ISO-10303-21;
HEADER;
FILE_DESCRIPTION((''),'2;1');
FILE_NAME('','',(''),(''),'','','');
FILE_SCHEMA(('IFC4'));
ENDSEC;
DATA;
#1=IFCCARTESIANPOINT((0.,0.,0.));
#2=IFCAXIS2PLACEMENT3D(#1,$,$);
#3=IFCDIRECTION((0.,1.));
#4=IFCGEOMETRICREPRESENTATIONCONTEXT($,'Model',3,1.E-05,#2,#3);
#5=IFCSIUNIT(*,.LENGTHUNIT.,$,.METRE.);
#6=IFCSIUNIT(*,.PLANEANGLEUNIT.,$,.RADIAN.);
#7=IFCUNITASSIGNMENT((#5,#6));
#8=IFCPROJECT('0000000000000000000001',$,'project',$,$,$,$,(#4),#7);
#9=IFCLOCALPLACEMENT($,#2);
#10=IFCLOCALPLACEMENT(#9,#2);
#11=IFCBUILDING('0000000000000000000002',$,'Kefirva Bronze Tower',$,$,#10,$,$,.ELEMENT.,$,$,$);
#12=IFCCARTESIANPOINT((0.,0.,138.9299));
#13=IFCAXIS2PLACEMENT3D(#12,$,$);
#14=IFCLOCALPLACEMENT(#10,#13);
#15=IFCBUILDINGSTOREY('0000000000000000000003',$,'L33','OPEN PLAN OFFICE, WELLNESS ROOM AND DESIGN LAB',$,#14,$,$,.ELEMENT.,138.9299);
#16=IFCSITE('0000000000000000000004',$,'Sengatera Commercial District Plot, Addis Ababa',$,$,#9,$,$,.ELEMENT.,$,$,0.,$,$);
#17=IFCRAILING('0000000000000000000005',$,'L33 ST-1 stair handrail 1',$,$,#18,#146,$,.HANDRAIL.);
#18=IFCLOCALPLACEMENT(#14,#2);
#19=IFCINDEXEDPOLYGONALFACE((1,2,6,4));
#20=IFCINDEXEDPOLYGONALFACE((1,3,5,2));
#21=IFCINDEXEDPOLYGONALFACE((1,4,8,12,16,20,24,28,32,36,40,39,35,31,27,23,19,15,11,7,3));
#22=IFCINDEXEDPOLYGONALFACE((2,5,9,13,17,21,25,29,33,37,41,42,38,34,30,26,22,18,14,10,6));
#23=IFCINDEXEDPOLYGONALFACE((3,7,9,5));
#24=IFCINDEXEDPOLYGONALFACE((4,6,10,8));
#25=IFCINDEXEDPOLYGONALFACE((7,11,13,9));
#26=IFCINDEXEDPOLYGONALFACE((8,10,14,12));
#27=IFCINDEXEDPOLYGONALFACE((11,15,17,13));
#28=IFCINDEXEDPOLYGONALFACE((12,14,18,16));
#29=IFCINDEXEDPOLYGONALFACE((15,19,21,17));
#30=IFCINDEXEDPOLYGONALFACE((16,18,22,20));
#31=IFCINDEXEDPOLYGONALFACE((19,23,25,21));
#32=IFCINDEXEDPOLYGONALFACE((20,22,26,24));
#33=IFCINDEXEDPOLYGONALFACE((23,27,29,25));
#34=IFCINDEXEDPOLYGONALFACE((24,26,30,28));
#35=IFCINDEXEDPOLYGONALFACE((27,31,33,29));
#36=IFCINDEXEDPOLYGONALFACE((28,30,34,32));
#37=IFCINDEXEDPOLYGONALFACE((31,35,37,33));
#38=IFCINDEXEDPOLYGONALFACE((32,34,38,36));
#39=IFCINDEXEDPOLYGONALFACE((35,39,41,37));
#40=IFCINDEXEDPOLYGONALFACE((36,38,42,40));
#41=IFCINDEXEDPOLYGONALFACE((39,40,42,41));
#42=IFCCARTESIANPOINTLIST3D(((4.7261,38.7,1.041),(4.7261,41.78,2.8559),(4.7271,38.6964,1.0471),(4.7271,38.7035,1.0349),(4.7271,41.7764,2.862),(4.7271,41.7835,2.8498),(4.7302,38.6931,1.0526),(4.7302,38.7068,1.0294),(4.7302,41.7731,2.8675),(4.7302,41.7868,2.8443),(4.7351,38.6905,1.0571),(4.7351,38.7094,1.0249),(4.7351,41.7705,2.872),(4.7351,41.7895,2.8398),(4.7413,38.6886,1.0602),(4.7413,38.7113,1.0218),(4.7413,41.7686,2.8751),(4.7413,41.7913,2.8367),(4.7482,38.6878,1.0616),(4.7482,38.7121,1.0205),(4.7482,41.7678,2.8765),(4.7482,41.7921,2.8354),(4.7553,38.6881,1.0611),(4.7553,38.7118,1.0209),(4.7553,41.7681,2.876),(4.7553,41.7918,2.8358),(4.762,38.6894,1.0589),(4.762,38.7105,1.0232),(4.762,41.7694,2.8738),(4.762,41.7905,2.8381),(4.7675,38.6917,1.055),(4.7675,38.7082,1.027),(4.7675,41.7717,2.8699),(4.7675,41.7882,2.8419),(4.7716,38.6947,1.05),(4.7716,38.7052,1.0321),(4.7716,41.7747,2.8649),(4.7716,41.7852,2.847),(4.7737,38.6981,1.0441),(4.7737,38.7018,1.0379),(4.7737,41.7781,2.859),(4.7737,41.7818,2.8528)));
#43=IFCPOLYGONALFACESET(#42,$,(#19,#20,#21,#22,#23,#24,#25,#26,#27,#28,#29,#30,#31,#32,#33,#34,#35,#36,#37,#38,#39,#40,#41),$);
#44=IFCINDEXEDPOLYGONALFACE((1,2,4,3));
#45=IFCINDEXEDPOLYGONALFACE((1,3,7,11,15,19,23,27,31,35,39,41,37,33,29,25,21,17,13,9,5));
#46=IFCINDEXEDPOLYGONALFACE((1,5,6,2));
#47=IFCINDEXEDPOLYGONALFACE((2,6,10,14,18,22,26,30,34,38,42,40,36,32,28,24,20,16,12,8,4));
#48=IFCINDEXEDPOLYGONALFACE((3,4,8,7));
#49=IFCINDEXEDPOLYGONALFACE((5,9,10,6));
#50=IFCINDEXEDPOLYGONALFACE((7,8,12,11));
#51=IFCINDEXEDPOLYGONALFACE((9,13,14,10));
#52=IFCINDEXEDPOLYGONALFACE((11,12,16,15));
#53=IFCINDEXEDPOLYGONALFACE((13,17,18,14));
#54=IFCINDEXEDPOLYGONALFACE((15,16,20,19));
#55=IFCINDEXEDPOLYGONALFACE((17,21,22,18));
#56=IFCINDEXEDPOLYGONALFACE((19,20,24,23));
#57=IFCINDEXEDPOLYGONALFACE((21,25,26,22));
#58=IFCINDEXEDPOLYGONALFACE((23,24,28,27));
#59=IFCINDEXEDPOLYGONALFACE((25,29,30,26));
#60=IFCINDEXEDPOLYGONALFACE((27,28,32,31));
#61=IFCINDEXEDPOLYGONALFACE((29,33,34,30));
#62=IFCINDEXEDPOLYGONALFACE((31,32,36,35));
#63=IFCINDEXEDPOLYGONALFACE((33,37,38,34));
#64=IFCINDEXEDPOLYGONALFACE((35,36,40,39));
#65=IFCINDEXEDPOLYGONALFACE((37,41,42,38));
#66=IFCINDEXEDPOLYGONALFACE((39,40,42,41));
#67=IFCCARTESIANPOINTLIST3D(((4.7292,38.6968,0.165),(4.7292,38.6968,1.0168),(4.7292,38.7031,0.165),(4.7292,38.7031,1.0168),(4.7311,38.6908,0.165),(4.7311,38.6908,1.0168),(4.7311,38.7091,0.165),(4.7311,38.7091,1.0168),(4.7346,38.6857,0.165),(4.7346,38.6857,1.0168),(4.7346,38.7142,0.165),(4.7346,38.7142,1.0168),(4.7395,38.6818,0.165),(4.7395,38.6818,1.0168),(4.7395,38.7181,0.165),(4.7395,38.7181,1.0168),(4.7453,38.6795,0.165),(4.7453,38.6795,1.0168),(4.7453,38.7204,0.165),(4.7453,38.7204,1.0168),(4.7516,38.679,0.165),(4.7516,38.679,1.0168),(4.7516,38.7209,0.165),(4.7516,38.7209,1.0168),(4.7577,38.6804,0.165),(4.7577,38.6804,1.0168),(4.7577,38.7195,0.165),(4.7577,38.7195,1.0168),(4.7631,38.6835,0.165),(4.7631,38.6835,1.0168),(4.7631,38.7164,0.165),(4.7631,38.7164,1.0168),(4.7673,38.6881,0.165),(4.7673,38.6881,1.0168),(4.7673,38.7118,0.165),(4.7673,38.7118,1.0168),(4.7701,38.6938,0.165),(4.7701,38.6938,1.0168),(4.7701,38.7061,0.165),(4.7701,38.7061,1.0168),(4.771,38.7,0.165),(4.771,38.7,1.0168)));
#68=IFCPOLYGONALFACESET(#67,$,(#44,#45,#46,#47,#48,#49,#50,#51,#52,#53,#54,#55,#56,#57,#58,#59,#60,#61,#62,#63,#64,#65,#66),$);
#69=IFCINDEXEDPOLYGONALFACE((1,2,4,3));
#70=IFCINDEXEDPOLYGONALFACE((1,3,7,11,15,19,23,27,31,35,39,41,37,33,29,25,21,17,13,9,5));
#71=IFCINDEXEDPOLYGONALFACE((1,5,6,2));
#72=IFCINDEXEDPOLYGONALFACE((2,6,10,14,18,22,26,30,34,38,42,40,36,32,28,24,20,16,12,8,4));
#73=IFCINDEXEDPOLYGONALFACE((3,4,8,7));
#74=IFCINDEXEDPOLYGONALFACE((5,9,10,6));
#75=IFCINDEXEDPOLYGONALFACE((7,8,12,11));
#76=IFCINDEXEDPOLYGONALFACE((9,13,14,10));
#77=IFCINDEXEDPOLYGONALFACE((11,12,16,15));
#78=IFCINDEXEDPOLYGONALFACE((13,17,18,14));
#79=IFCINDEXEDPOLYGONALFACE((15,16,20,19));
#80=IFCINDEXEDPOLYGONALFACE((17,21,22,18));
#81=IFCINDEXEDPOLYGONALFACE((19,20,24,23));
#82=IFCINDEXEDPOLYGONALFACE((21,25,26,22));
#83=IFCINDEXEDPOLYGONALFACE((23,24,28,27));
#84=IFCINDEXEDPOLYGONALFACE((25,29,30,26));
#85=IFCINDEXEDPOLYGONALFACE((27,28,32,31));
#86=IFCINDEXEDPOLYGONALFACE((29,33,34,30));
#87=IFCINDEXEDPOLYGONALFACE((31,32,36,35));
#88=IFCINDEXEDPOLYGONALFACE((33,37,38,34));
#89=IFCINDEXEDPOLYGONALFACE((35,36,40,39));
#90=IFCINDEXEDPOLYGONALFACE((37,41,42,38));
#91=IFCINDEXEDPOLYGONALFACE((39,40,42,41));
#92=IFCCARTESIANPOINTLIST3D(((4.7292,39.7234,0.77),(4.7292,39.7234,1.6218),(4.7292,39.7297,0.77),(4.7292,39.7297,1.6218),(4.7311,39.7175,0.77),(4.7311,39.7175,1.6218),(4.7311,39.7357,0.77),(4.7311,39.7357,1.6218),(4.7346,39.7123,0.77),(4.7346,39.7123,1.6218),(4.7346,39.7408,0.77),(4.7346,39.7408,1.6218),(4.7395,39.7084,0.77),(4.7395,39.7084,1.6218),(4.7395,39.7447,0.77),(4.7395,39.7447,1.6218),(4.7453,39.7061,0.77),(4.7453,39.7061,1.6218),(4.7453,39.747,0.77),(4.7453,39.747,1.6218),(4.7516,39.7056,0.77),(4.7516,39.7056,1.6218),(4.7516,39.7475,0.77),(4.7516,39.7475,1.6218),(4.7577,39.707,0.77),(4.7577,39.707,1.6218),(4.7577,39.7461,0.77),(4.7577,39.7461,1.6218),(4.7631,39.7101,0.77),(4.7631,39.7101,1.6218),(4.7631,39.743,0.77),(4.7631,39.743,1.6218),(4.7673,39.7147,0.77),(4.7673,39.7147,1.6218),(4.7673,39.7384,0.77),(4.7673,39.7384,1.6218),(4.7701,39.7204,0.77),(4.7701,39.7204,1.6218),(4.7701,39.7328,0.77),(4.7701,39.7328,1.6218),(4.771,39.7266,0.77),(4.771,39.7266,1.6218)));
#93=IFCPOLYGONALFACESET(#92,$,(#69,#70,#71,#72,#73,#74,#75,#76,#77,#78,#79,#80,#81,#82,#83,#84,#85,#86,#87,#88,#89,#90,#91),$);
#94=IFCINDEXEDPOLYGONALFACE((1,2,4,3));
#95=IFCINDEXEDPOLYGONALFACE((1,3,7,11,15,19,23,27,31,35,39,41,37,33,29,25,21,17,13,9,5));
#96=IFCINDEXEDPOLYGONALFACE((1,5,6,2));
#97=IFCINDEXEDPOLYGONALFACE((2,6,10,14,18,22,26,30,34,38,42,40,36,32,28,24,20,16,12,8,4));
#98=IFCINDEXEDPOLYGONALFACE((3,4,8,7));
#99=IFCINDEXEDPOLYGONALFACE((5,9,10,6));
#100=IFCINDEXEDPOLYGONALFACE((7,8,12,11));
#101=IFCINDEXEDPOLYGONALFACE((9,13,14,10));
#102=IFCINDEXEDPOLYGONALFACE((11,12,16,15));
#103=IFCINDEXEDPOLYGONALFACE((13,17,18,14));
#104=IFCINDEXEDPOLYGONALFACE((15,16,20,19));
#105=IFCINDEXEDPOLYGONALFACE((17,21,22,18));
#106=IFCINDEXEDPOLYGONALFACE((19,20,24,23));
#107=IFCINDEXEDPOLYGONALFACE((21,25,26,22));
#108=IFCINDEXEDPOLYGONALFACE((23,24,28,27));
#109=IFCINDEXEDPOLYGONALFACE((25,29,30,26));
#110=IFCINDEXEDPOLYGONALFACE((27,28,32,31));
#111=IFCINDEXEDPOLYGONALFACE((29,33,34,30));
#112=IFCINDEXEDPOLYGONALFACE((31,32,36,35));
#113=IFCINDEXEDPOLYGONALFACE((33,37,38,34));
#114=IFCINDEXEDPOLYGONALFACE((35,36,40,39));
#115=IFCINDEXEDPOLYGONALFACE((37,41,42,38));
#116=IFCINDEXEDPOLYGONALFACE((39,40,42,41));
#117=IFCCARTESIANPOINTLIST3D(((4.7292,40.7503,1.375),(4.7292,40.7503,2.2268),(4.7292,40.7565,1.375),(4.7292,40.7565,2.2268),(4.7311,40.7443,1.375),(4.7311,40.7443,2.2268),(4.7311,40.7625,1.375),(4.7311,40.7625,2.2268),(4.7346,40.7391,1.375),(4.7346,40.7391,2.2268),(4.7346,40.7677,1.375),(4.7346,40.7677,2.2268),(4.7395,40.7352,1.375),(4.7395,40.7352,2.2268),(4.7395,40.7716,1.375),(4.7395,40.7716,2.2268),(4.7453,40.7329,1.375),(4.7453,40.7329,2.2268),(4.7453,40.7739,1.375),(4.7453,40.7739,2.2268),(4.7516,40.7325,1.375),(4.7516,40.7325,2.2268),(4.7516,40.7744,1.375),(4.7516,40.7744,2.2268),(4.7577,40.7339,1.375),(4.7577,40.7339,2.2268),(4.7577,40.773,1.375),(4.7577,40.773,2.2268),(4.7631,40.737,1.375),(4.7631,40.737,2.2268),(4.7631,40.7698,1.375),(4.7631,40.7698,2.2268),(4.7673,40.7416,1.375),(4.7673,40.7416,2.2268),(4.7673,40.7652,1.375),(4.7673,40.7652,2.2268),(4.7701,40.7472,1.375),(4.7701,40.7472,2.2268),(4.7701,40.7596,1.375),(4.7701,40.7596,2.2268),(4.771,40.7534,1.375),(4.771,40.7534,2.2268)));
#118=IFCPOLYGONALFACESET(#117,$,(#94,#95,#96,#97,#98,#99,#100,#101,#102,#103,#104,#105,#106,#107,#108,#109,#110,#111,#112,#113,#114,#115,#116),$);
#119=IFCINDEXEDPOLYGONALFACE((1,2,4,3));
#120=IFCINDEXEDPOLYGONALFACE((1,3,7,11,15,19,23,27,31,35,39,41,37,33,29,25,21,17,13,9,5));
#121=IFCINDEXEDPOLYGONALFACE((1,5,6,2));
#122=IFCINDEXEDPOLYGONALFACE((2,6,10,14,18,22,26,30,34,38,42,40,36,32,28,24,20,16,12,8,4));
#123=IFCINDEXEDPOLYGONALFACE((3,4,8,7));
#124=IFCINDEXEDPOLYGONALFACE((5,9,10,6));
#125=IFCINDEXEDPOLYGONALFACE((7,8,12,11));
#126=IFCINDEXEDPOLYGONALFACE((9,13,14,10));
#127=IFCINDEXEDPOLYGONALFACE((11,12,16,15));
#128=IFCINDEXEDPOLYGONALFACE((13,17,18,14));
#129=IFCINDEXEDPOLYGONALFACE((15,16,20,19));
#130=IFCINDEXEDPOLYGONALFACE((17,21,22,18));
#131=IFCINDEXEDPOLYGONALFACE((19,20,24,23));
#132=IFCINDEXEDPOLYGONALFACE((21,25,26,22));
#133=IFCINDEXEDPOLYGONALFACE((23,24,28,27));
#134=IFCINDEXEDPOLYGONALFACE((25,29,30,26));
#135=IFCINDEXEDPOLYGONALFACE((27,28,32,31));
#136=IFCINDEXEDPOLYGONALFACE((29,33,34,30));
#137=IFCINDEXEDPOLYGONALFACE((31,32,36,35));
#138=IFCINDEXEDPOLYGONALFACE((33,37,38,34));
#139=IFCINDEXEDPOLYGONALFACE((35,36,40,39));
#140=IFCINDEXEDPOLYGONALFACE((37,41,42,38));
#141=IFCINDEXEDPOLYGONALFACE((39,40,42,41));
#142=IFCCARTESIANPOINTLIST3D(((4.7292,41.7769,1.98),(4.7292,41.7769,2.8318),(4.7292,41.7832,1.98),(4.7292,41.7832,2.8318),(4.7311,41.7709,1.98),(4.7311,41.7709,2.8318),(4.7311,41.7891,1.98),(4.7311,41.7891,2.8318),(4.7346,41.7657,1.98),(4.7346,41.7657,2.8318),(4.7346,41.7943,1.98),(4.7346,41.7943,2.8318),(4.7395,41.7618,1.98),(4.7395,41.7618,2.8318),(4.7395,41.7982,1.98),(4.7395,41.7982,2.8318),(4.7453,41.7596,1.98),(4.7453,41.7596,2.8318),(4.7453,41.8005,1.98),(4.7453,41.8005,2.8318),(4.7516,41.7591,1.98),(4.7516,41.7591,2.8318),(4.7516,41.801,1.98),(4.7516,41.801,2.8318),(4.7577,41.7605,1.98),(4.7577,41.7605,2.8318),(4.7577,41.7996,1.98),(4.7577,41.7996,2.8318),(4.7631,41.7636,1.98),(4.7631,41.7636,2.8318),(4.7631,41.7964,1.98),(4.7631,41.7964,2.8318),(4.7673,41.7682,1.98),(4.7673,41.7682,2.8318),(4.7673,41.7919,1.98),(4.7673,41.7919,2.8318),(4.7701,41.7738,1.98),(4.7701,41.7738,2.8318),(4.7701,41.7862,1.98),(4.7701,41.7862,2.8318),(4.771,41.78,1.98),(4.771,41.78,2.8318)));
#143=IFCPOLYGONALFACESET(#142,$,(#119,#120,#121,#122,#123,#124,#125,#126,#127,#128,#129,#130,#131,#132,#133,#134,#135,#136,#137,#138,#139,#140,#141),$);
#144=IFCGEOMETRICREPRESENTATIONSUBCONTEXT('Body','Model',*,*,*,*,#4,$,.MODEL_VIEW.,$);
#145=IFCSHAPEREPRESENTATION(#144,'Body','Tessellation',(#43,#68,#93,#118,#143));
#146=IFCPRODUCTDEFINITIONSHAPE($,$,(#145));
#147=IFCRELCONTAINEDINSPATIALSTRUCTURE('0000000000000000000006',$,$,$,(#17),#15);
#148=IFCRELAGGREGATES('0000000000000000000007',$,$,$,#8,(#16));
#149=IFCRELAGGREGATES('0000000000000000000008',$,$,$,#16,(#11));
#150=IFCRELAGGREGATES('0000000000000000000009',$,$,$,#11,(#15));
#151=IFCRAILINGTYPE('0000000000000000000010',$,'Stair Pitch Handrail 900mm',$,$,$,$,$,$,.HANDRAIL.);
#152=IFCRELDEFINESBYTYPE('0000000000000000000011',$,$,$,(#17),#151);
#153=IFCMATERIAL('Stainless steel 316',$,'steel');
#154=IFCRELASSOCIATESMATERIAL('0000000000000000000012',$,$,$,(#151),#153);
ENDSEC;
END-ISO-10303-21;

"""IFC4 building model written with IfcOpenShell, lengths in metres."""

from ifc_helpers import new_model, si_unit, direction, frame, origin, origin_2d, place, context, subcontext, project, spatial, circle, extrude, material, type_object, element, save


model = new_model("IFC4")

# Units and contexts
model_context = context("Model", 3, precision=1e-05, world=origin(), true_north=direction((0.0, 1.0)))
body_context = subcontext(model_context, "Body", "Model", "MODEL_VIEW")
ifc_project = project(units=[si_unit("LENGTHUNIT", "METRE"), si_unit("PLANEANGLEUNIT", "RADIAN")], contexts=[model_context])

# Site, building, storey
site_placement = place(None, origin())
site = spatial("IfcSite", under=ifc_project, at=site_placement, Name="Sengatera Commercial District Plot, Addis Ababa", CompositionType="ELEMENT", RefElevation=0.0)
building_placement = place(site_placement, origin())
building = spatial("IfcBuilding", under=site, at=building_placement, Name="Kefirva Bronze Tower", CompositionType="ELEMENT")
storey_placement = place(building_placement, frame((0.0, 0.0, 138.9299)))
storey = spatial("IfcBuildingStorey", under=building, at=storey_placement, Name="L33", Description="OPEN PLAN OFFICE, WELLNESS ROOM AND DESIGN LAB", CompositionType="ELEMENT", Elevation=138.9299)

# Shared definitions
ifc_material_1 = material(Name="Stainless steel 316", Category="steel")

# Railing
railing_type = type_object("IfcRailingType", Name="Stair Pitch Handrail 900mm", PredefinedType="HANDRAIL", material=ifc_material_1)
railing_placement = place(storey_placement, frame((4.75, 38.7, 0.165)))
element("IfcRailing", 1, at=railing_placement, inside=storey, type_object=railing_type, Name="L33 ST-1 stair handrail 1", PredefinedType="HANDRAIL", context=body_context, shape_type="SweptSolid", body=[
    extrude(circle(Radius=0.0239, at=origin_2d()), frame((0.0, 0.0, 0.876), z_axis=(0.0, 0.861551, 0.507671), x_axis=(-1.0, 0.0, 0.0)), (0.0, 0.0, 1.0), 3.575),
    extrude(circle(Radius=0.021, at=origin_2d()), origin(), (0.0, 0.0, 1.0), 0.8518),
    extrude(circle(Radius=0.021, at=origin_2d()), frame((0.0, 1.0266, 0.605)), (0.0, 0.0, 1.0), 0.8518),
    extrude(circle(Radius=0.021, at=origin_2d()), frame((0.0, 2.0535, 1.21)), (0.0, 0.0, 1.0), 0.8518),
    extrude(circle(Radius=0.021, at=origin_2d()), frame((0.0, 3.0801, 1.8149)), (0.0, 0.0, 1.0), 0.8518),
])

save(model, "model.ifc")
